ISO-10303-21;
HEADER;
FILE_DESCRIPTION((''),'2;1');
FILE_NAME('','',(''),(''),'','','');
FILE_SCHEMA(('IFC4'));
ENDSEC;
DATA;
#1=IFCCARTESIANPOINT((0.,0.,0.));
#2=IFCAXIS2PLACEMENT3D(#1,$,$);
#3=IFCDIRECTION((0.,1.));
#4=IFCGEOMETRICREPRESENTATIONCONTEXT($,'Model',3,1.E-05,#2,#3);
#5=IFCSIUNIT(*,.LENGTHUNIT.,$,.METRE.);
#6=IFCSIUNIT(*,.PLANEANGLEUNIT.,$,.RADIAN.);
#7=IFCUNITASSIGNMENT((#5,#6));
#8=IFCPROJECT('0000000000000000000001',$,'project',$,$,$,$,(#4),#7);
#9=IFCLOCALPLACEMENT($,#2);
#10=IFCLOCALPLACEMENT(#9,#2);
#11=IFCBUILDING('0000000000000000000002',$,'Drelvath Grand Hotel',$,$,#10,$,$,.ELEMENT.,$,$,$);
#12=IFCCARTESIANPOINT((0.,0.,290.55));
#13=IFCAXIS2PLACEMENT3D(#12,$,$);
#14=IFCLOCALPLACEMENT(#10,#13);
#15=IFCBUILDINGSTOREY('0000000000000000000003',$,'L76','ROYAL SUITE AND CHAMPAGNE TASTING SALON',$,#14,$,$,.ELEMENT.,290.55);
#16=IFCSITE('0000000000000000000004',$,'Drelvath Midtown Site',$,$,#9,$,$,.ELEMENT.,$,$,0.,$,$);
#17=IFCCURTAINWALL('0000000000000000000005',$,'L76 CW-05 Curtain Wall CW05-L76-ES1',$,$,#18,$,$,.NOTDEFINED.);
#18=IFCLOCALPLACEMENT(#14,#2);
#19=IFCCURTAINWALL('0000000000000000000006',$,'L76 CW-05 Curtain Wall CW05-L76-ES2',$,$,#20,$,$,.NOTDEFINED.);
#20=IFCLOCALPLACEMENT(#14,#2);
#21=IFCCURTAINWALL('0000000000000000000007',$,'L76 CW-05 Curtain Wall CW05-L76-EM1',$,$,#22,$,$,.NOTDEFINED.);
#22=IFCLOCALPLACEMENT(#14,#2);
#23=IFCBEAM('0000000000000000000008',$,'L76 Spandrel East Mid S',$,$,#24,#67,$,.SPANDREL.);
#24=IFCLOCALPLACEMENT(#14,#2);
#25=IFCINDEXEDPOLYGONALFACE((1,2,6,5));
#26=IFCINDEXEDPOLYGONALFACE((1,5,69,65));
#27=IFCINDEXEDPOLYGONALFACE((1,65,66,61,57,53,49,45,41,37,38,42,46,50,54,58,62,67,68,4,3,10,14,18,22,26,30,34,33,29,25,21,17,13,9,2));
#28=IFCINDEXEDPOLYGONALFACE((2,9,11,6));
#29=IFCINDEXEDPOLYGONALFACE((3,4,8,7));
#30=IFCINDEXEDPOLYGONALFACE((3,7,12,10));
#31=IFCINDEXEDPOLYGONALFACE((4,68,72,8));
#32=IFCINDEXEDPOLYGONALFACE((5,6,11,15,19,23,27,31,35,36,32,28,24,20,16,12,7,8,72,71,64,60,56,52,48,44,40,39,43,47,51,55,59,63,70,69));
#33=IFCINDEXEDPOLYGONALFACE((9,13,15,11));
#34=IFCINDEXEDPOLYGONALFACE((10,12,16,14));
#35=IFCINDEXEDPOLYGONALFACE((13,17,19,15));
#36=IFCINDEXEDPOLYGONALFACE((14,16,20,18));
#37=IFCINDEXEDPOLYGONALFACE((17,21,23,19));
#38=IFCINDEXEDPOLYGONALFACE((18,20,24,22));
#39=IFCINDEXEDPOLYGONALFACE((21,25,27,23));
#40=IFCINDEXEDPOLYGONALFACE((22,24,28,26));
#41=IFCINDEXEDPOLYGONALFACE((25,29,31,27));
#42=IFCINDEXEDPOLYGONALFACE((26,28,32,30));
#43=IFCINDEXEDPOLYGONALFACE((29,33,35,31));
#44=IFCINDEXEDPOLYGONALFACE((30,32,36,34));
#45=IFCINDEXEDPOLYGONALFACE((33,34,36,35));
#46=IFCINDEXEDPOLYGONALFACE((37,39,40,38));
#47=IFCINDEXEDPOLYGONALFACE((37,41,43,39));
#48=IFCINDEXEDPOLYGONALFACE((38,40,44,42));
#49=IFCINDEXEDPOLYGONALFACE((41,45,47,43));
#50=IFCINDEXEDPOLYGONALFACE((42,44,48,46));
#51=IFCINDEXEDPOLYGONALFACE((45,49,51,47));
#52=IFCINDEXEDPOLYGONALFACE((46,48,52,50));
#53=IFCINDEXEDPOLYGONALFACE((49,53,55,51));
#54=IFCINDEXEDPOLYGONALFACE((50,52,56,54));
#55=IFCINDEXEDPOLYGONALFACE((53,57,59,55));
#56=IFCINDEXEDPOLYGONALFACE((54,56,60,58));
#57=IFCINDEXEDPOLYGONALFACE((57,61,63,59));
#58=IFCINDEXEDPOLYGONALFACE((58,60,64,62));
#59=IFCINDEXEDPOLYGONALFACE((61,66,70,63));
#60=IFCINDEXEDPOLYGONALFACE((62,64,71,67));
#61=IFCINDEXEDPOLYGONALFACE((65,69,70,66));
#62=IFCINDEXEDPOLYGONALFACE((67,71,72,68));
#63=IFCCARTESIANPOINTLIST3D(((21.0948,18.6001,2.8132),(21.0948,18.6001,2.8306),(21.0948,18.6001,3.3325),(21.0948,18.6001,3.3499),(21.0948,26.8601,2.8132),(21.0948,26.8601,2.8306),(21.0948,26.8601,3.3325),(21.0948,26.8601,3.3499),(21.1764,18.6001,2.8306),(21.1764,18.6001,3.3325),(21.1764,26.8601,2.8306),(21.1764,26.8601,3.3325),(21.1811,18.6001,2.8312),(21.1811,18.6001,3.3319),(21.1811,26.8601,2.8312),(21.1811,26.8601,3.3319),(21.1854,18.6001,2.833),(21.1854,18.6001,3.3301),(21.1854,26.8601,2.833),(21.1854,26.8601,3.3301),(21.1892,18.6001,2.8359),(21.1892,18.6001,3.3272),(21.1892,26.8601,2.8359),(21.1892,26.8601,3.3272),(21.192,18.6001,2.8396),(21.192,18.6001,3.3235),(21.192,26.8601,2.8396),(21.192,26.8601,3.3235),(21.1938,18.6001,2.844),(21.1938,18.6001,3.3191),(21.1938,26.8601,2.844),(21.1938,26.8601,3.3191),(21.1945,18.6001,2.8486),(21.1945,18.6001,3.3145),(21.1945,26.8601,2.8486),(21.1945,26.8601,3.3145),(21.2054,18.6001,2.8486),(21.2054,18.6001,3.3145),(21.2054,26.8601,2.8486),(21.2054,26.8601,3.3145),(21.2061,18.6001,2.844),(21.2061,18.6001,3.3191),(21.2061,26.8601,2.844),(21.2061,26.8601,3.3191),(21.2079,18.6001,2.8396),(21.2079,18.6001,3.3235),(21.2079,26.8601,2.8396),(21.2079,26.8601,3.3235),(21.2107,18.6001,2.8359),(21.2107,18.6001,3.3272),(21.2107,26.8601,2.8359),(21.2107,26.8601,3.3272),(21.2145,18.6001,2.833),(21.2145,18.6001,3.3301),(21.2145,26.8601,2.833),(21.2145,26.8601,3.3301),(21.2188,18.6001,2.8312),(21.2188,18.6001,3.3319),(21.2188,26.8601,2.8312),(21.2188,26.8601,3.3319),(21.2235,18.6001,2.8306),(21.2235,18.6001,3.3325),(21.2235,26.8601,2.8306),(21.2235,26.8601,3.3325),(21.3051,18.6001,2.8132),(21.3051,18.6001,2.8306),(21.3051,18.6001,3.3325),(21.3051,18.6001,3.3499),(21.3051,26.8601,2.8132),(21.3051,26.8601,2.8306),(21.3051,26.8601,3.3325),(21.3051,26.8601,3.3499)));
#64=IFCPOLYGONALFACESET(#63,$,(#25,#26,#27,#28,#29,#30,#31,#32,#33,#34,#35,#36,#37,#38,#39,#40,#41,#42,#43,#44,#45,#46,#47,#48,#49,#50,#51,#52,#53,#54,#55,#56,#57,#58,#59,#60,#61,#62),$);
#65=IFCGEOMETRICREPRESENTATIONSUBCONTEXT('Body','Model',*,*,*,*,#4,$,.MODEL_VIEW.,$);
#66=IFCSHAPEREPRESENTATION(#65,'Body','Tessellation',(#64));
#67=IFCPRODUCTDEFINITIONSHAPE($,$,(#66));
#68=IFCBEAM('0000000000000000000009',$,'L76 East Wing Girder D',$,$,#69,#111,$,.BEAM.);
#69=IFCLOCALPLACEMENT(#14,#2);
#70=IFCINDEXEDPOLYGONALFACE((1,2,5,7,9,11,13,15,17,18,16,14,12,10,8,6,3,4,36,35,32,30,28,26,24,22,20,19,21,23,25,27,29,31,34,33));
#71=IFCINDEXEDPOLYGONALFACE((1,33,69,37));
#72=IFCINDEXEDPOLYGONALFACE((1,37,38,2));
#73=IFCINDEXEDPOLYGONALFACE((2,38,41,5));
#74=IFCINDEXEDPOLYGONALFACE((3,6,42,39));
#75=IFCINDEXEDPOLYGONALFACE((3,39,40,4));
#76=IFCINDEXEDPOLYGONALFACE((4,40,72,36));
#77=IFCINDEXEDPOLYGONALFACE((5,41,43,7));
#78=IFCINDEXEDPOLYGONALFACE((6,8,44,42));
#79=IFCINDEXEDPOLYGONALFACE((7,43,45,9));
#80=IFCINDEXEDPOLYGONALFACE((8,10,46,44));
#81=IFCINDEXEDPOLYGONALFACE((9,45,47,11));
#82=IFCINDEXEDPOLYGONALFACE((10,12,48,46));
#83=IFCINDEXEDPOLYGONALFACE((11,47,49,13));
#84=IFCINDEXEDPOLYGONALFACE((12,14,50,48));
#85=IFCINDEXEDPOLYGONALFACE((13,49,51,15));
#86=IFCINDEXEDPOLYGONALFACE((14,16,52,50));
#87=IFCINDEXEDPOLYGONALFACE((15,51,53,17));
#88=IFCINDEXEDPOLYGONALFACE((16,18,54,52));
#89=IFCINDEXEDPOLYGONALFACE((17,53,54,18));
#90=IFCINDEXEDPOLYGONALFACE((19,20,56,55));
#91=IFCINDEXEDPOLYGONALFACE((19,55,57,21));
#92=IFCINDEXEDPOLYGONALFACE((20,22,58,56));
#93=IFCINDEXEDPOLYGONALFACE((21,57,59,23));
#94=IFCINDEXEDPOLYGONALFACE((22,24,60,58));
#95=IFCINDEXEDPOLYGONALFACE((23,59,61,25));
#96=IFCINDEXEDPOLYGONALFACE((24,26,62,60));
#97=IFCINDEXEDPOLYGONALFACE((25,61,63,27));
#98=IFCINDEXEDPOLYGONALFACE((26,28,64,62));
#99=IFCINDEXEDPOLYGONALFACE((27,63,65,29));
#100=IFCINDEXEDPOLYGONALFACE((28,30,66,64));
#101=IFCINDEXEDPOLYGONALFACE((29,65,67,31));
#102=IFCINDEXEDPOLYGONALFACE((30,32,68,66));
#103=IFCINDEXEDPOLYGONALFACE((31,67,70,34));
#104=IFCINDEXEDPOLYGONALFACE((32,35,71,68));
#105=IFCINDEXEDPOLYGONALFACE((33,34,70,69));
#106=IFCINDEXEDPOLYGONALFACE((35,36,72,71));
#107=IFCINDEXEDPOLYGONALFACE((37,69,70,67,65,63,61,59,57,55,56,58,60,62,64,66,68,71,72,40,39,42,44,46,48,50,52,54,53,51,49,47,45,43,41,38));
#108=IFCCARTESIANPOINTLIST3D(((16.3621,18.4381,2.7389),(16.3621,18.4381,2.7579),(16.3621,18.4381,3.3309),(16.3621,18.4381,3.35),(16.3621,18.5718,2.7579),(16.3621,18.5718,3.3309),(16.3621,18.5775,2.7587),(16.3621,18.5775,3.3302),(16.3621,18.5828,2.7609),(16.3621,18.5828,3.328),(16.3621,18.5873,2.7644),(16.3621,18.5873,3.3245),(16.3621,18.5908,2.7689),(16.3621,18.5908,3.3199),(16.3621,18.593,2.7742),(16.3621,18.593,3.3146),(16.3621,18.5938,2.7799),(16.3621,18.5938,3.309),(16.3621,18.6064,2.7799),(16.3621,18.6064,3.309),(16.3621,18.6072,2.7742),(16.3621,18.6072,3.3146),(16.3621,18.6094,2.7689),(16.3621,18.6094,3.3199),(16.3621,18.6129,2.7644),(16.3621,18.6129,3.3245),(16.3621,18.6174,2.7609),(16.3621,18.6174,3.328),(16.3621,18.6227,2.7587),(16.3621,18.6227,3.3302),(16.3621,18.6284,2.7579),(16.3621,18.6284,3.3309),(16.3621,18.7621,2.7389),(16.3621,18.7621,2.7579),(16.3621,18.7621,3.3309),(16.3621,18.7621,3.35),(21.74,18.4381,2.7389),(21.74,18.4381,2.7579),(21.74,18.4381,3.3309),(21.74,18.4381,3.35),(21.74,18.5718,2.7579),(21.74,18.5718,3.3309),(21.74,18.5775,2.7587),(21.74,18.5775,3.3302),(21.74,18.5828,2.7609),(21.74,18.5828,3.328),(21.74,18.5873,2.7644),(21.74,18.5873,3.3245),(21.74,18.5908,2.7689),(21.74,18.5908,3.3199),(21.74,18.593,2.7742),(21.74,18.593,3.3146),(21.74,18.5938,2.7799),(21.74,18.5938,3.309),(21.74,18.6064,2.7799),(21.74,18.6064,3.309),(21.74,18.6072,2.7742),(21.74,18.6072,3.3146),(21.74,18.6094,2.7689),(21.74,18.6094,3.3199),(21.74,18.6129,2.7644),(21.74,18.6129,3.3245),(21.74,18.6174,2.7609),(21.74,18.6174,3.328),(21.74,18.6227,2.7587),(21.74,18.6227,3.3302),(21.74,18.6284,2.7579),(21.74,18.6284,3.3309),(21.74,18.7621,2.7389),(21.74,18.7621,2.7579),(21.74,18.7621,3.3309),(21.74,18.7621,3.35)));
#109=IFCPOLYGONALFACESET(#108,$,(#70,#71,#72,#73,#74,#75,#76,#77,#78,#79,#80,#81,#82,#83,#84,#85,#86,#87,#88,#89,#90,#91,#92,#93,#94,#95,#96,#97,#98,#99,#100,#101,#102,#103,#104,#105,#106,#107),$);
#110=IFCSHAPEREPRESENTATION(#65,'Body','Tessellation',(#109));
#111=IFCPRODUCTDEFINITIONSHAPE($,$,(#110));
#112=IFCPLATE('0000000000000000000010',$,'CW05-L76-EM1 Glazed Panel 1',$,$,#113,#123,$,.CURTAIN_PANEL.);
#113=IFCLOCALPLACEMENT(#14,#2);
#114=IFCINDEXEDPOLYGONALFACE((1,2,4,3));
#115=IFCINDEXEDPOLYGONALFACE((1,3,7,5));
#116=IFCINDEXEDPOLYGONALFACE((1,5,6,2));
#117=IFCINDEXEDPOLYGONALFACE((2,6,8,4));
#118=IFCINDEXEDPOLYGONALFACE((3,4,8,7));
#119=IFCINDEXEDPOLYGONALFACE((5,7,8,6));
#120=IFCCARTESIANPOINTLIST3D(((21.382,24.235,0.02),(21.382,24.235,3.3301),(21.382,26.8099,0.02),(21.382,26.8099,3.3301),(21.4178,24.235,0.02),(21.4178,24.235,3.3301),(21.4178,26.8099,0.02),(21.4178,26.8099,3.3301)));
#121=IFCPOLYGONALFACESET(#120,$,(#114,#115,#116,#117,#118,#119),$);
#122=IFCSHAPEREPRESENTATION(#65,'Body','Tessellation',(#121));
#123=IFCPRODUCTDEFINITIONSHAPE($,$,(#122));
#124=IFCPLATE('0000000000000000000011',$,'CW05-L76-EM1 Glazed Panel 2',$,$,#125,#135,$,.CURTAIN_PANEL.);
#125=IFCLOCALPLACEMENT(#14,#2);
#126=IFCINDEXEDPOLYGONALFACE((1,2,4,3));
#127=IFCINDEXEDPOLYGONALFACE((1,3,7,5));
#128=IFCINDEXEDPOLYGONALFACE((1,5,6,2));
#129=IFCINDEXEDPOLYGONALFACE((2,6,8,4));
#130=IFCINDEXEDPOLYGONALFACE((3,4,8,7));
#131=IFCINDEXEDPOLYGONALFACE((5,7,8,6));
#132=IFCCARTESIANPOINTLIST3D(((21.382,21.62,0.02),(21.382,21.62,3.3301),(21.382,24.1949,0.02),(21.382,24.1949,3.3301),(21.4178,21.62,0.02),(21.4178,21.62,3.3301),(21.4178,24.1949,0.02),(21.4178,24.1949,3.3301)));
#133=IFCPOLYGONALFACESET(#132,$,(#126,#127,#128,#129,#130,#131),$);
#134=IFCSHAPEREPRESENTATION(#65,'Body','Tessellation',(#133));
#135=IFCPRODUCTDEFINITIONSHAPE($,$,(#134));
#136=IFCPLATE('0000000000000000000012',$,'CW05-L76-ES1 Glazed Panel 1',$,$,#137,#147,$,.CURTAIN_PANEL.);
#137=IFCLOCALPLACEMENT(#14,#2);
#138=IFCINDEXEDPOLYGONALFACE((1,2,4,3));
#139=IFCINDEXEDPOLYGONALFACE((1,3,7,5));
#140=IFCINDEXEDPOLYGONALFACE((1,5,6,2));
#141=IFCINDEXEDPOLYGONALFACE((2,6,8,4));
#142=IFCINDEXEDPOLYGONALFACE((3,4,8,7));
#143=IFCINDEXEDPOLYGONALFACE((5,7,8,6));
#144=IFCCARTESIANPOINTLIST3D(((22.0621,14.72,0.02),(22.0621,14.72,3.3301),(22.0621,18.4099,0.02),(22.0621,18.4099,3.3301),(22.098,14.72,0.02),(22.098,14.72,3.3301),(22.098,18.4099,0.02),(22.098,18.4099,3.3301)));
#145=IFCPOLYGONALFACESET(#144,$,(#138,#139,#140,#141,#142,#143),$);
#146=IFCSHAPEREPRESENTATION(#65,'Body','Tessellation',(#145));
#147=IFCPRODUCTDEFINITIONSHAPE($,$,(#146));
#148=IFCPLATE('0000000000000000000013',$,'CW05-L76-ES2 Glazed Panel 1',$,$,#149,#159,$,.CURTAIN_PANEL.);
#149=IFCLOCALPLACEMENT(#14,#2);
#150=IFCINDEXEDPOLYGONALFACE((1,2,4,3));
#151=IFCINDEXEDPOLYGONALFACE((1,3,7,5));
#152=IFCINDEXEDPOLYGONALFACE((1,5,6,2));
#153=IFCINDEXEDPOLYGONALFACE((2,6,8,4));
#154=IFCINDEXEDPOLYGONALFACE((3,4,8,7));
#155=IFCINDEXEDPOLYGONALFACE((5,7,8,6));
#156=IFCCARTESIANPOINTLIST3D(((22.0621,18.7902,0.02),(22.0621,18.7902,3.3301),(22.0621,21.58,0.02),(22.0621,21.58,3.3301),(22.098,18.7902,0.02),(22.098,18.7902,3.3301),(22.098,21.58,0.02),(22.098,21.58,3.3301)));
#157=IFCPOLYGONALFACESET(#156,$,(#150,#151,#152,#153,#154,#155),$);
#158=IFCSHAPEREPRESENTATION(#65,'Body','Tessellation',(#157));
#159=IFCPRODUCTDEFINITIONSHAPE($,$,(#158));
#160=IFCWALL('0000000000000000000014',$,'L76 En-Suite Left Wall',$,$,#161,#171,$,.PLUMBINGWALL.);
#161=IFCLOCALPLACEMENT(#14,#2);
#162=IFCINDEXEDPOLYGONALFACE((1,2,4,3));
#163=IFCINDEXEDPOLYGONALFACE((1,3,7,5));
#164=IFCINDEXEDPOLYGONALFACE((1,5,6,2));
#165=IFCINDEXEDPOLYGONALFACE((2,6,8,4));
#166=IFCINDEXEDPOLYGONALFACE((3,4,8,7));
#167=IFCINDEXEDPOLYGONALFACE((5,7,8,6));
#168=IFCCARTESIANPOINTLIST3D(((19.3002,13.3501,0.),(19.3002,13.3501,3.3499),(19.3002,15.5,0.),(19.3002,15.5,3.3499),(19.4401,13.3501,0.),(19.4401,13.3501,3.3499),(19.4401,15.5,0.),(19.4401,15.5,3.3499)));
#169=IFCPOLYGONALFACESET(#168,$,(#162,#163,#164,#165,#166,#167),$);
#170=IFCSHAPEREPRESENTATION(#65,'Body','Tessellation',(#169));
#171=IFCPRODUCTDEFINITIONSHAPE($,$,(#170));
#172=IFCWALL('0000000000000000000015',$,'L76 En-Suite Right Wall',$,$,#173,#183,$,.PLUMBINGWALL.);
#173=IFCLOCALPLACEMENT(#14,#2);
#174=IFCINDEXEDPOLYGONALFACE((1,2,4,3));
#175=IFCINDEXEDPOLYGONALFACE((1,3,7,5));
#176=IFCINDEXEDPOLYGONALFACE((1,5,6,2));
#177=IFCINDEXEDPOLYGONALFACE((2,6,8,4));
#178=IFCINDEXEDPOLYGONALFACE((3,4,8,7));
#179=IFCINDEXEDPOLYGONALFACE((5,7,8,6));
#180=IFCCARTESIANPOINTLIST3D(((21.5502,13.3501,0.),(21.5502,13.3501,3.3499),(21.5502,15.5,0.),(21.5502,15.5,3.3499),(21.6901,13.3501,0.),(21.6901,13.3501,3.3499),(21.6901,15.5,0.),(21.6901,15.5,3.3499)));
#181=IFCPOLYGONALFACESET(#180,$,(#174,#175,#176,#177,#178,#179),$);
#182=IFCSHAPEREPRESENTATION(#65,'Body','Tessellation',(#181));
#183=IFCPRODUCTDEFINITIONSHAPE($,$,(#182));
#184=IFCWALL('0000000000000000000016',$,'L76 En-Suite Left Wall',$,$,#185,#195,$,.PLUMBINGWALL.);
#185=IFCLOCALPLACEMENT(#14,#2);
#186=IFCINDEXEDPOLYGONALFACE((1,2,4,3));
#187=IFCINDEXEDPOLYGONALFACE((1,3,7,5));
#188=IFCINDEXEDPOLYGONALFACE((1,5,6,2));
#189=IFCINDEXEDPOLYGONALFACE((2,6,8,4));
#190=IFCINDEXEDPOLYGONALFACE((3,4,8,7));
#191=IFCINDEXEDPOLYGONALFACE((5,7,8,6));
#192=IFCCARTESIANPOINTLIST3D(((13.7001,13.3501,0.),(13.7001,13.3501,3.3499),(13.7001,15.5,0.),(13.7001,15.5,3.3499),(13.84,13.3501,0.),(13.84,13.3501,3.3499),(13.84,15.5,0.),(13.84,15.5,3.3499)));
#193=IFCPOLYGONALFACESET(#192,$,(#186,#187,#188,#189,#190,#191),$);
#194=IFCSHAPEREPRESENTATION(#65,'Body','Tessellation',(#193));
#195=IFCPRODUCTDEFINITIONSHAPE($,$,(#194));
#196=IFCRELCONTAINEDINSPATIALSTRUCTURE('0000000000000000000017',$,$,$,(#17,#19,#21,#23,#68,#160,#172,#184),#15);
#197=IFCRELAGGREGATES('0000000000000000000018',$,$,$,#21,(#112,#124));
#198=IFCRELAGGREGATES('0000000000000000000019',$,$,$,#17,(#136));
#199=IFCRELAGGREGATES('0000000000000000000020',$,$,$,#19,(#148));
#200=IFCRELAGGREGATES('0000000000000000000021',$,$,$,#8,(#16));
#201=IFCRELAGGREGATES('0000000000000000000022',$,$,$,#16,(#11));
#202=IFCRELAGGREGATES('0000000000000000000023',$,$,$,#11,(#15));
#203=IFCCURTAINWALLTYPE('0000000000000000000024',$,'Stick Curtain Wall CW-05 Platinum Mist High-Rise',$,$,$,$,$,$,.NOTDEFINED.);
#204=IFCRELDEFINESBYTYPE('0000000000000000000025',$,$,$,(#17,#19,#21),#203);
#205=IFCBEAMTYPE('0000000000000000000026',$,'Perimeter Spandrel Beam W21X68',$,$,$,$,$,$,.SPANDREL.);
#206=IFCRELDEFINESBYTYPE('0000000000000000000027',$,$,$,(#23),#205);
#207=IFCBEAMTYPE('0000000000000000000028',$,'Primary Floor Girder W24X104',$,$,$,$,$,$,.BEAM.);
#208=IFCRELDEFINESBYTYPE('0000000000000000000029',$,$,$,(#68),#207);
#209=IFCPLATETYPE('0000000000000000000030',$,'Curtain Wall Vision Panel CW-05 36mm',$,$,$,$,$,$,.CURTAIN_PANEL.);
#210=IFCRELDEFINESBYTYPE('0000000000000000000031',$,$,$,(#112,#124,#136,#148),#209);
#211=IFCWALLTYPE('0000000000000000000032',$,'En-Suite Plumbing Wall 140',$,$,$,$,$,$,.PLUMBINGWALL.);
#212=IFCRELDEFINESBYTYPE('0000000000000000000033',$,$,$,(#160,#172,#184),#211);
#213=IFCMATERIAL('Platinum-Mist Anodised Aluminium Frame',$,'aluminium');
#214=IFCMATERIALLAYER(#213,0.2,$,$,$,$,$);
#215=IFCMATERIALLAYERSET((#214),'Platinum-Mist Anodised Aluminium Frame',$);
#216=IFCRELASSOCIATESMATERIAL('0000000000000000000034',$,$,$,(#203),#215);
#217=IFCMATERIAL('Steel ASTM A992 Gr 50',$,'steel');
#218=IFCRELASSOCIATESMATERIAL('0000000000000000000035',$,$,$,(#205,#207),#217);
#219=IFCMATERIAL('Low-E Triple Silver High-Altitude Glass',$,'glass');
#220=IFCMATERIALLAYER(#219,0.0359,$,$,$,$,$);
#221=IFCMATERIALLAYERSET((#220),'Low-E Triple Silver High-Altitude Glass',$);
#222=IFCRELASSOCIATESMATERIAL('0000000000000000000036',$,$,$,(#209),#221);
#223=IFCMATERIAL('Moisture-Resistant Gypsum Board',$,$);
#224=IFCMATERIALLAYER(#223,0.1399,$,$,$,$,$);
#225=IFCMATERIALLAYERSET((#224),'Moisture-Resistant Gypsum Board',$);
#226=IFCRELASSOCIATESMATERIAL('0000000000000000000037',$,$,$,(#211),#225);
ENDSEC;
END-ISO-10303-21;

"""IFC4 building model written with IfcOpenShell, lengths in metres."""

from ifc_helpers import new_model, si_unit, direction, frame, frame_2d, origin, origin_2d, place, context, subcontext, project, spatial, rectangle, i_section, extrude, material, layer, layer_set, material_profile, profile_set, type_object, element, aggregate, save


model = new_model("IFC4")

# Units and contexts
model_context = context("Model", 3, precision=1e-05, world=origin(), true_north=direction((0.0, 1.0)))
body_context = subcontext(model_context, "Body", "Model", "MODEL_VIEW")
ifc_project = project(units=[si_unit("LENGTHUNIT", "METRE"), si_unit("PLANEANGLEUNIT", "RADIAN")], contexts=[model_context])

# Site, building, storey
site_placement = place(None, origin())
site = spatial("IfcSite", under=ifc_project, at=site_placement, Name="Drelvath Midtown Site", CompositionType="ELEMENT", RefElevation=0.0)
building_placement = place(site_placement, origin())
building = spatial("IfcBuilding", under=site, at=building_placement, Name="Drelvath Grand Hotel", CompositionType="ELEMENT")
storey_placement = place(building_placement, frame((0.0, 0.0, 290.55)))
storey = spatial("IfcBuildingStorey", under=building, at=storey_placement, Name="L76", Description="ROYAL SUITE AND CHAMPAGNE TASTING SALON", CompositionType="ELEMENT", Elevation=290.55)

# Curtain walls
ifc_material_1 = material(Name="Platinum-Mist Anodised Aluminium Frame", Category="aluminium")
ifc_layer_1 = layer(ifc_material_1, 0.2)
ifc_layer_set_1 = layer_set([ifc_layer_1], Name="Platinum-Mist Anodised Aluminium Frame")
curtain_wall_type = type_object("IfcCurtainWallType", Name="Stick Curtain Wall CW-05 Platinum Mist High-Rise", PredefinedType="NOTDEFINED", material=ifc_layer_set_1)
curtain_wall_1_placement = place(storey_placement, origin())
curtain_wall_1 = element("IfcCurtainWall", 1, at=curtain_wall_1_placement, inside=storey, type_object=curtain_wall_type, Name="L76 CW-05 Curtain Wall CW05-L76-ES1", PredefinedType="NOTDEFINED")
curtain_wall_2_placement = place(storey_placement, origin())
curtain_wall_2 = element("IfcCurtainWall", 2, at=curtain_wall_2_placement, inside=storey, type_object=curtain_wall_type, Name="L76 CW-05 Curtain Wall CW05-L76-ES2", PredefinedType="NOTDEFINED")

# Curtain wall
curtain_wall_3_placement = place(storey_placement, origin())
curtain_wall_3 = element("IfcCurtainWall", 3, at=curtain_wall_3_placement, inside=storey, type_object=curtain_wall_type, Name="L76 CW-05 Curtain Wall CW05-L76-EM1", PredefinedType="NOTDEFINED")

# Beams
ifc_material_2 = material(Name="Steel ASTM A992 Gr 50", Category="steel")
ifc_material_profile_1 = material_profile(ifc_material_2, i_section(OverallWidth=0.2102, OverallDepth=0.5366, WebThickness=0.011, FlangeThickness=0.0173, FilletRadius=0.0181, at=origin_2d()), Name="W21X68")
ifc_profile_set_1 = profile_set([ifc_material_profile_1], Name="Steel ASTM A992 Gr 50")
beam_type_1 = type_object("IfcBeamType", Name="Perimeter Spandrel Beam W21X68", PredefinedType="SPANDREL", material=ifc_profile_set_1)
beam_1_placement = place(storey_placement, frame((21.2, 18.6001, 3.0815), z_axis=(0.0, 1.0, 0.0), x_axis=(-1.0, 0.0, 0.0)))
element("IfcBeam", 4, at=beam_1_placement, inside=storey, type_object=beam_type_1, Name="L76 Spandrel East Mid S", PredefinedType="SPANDREL", context=body_context, shape_type="SweptSolid", body=[
    extrude(i_section(OverallWidth=0.2102, OverallDepth=0.5366, WebThickness=0.011, FlangeThickness=0.0173, FilletRadius=0.0181, at=origin_2d()), origin(), (0.0, 0.0, 1.0), 8.26),
])
ifc_material_profile_2 = material_profile(ifc_material_2, i_section(OverallWidth=0.324, OverallDepth=0.6111, WebThickness=0.0127, FlangeThickness=0.019, FilletRadius=0.022, at=origin_2d()), Name="W24X104")
ifc_profile_set_2 = profile_set([ifc_material_profile_2], Name="Steel ASTM A992 Gr 50")
beam_type_2 = type_object("IfcBeamType", Name="Primary Floor Girder W24X104", PredefinedType="BEAM", material=ifc_profile_set_2)
beam_2_placement = place(storey_placement, frame((16.3621, 18.6001, 3.0444), z_axis=(1.0, 0.0, 0.0), x_axis=(0.0, 1.0, 0.0)))
element("IfcBeam", 5, at=beam_2_placement, inside=storey, type_object=beam_type_2, Name="L76 East Wing Girder D", PredefinedType="BEAM", context=body_context, shape_type="SweptSolid", body=[
    extrude(i_section(OverallWidth=0.324, OverallDepth=0.6111, WebThickness=0.0127, FlangeThickness=0.019, FilletRadius=0.022, at=origin_2d()), origin(), (0.0, 0.0, 1.0), 5.3779),
])

# Plates
ifc_material_3 = material(Name="Low-E Triple Silver High-Altitude Glass", Category="glass")
ifc_layer_2 = layer(ifc_material_3, 0.0359)
ifc_layer_set_2 = layer_set([ifc_layer_2], Name="Low-E Triple Silver High-Altitude Glass")
plate_type = type_object("IfcPlateType", Name="Curtain Wall Vision Panel CW-05 36mm", PredefinedType="CURTAIN_PANEL", material=ifc_layer_set_2)
plate_1_placement = place(storey_placement, frame((21.3999, 25.5225, 0.02), z_axis=(0.0, 0.0, 1.0), x_axis=(0.0, -1.0, 0.0)))
plate_1 = element("IfcPlate", 6, at=plate_1_placement, type_object=plate_type, Name="CW05-L76-EM1 Glazed Panel 1", PredefinedType="CURTAIN_PANEL", context=body_context, shape_type="SweptSolid", body=[
    extrude(rectangle(XDim=2.575, YDim=0.0359, at=origin_2d()), origin(), (0.0, 0.0, 1.0), 3.3101),
])
plate_2_placement = place(storey_placement, frame((21.3999, 22.9075, 0.02), z_axis=(0.0, 0.0, 1.0), x_axis=(0.0, -1.0, 0.0)))
plate_2 = element("IfcPlate", 7, at=plate_2_placement, type_object=plate_type, Name="CW05-L76-EM1 Glazed Panel 2", PredefinedType="CURTAIN_PANEL", context=body_context, shape_type="SweptSolid", body=[
    extrude(rectangle(XDim=2.575, YDim=0.0359, at=origin_2d()), origin(), (0.0, 0.0, 1.0), 3.3101),
])
aggregate(curtain_wall_3, [plate_1, plate_2])
plate_3_placement = place(storey_placement, frame((22.0801, 16.5649, 0.02), z_axis=(0.0, 0.0, 1.0), x_axis=(0.0, -1.0, 0.0)))
plate_3 = element("IfcPlate", 8, at=plate_3_placement, type_object=plate_type, Name="CW05-L76-ES1 Glazed Panel 1", PredefinedType="CURTAIN_PANEL", context=body_context, shape_type="SweptSolid", body=[
    extrude(rectangle(XDim=3.6899, YDim=0.0359, at=origin_2d()), origin(), (0.0, 0.0, 1.0), 3.3101),
])
aggregate(curtain_wall_1, [plate_3])
plate_4_placement = place(storey_placement, frame((22.0801, 20.1851, 0.02), z_axis=(0.0, 0.0, 1.0), x_axis=(0.0, -1.0, 0.0)))
plate_4 = element("IfcPlate", 9, at=plate_4_placement, type_object=plate_type, Name="CW05-L76-ES2 Glazed Panel 1", PredefinedType="CURTAIN_PANEL", context=body_context, shape_type="SweptSolid", body=[
    extrude(rectangle(XDim=2.7898, YDim=0.0359, at=origin_2d()), origin(), (0.0, 0.0, 1.0), 3.3101),
])
aggregate(curtain_wall_2, [plate_4])

# Walls
ifc_material_4 = material(Name="Moisture-Resistant Gypsum Board")
ifc_layer_3 = layer(ifc_material_4, 0.1399)
ifc_layer_set_3 = layer_set([ifc_layer_3], Name="Moisture-Resistant Gypsum Board")
wall_type_1 = type_object("IfcWallType", Name="En-Suite Plumbing Wall 140", PredefinedType="PLUMBINGWALL", material=ifc_layer_set_3)
for number, where, z_axis, x_axis, name in (
    (10, (19.3701, 15.5, 0.0), (0.0, 0.0, 1.0), (0.0, -1.0, 0.0), "L76 En-Suite Left Wall"),
    (11, (21.6201, 15.5, 0.0), (0.0, 0.0, 1.0), (0.0, -1.0, 0.0), "L76 En-Suite Right Wall"),
    (12, (13.77, 15.5, 0.0), (0.0, 0.0, 1.0), (0.0, -1.0, 0.0), "L76 En-Suite Left Wall"),
):
    element("IfcWall", number, at=place(storey_placement, frame(where, z_axis=z_axis, x_axis=x_axis)), inside=storey, type_object=wall_type_1, Name=name, PredefinedType="PLUMBINGWALL", context=body_context, shape_type="SweptSolid", body=[
        extrude(rectangle(XDim=2.1499, YDim=0.1399, at=frame_2d((1.075, 0.0))), origin(), (0.0, 0.0, 1.0), 3.3499),
    ])

save(model, "model.ifc")
